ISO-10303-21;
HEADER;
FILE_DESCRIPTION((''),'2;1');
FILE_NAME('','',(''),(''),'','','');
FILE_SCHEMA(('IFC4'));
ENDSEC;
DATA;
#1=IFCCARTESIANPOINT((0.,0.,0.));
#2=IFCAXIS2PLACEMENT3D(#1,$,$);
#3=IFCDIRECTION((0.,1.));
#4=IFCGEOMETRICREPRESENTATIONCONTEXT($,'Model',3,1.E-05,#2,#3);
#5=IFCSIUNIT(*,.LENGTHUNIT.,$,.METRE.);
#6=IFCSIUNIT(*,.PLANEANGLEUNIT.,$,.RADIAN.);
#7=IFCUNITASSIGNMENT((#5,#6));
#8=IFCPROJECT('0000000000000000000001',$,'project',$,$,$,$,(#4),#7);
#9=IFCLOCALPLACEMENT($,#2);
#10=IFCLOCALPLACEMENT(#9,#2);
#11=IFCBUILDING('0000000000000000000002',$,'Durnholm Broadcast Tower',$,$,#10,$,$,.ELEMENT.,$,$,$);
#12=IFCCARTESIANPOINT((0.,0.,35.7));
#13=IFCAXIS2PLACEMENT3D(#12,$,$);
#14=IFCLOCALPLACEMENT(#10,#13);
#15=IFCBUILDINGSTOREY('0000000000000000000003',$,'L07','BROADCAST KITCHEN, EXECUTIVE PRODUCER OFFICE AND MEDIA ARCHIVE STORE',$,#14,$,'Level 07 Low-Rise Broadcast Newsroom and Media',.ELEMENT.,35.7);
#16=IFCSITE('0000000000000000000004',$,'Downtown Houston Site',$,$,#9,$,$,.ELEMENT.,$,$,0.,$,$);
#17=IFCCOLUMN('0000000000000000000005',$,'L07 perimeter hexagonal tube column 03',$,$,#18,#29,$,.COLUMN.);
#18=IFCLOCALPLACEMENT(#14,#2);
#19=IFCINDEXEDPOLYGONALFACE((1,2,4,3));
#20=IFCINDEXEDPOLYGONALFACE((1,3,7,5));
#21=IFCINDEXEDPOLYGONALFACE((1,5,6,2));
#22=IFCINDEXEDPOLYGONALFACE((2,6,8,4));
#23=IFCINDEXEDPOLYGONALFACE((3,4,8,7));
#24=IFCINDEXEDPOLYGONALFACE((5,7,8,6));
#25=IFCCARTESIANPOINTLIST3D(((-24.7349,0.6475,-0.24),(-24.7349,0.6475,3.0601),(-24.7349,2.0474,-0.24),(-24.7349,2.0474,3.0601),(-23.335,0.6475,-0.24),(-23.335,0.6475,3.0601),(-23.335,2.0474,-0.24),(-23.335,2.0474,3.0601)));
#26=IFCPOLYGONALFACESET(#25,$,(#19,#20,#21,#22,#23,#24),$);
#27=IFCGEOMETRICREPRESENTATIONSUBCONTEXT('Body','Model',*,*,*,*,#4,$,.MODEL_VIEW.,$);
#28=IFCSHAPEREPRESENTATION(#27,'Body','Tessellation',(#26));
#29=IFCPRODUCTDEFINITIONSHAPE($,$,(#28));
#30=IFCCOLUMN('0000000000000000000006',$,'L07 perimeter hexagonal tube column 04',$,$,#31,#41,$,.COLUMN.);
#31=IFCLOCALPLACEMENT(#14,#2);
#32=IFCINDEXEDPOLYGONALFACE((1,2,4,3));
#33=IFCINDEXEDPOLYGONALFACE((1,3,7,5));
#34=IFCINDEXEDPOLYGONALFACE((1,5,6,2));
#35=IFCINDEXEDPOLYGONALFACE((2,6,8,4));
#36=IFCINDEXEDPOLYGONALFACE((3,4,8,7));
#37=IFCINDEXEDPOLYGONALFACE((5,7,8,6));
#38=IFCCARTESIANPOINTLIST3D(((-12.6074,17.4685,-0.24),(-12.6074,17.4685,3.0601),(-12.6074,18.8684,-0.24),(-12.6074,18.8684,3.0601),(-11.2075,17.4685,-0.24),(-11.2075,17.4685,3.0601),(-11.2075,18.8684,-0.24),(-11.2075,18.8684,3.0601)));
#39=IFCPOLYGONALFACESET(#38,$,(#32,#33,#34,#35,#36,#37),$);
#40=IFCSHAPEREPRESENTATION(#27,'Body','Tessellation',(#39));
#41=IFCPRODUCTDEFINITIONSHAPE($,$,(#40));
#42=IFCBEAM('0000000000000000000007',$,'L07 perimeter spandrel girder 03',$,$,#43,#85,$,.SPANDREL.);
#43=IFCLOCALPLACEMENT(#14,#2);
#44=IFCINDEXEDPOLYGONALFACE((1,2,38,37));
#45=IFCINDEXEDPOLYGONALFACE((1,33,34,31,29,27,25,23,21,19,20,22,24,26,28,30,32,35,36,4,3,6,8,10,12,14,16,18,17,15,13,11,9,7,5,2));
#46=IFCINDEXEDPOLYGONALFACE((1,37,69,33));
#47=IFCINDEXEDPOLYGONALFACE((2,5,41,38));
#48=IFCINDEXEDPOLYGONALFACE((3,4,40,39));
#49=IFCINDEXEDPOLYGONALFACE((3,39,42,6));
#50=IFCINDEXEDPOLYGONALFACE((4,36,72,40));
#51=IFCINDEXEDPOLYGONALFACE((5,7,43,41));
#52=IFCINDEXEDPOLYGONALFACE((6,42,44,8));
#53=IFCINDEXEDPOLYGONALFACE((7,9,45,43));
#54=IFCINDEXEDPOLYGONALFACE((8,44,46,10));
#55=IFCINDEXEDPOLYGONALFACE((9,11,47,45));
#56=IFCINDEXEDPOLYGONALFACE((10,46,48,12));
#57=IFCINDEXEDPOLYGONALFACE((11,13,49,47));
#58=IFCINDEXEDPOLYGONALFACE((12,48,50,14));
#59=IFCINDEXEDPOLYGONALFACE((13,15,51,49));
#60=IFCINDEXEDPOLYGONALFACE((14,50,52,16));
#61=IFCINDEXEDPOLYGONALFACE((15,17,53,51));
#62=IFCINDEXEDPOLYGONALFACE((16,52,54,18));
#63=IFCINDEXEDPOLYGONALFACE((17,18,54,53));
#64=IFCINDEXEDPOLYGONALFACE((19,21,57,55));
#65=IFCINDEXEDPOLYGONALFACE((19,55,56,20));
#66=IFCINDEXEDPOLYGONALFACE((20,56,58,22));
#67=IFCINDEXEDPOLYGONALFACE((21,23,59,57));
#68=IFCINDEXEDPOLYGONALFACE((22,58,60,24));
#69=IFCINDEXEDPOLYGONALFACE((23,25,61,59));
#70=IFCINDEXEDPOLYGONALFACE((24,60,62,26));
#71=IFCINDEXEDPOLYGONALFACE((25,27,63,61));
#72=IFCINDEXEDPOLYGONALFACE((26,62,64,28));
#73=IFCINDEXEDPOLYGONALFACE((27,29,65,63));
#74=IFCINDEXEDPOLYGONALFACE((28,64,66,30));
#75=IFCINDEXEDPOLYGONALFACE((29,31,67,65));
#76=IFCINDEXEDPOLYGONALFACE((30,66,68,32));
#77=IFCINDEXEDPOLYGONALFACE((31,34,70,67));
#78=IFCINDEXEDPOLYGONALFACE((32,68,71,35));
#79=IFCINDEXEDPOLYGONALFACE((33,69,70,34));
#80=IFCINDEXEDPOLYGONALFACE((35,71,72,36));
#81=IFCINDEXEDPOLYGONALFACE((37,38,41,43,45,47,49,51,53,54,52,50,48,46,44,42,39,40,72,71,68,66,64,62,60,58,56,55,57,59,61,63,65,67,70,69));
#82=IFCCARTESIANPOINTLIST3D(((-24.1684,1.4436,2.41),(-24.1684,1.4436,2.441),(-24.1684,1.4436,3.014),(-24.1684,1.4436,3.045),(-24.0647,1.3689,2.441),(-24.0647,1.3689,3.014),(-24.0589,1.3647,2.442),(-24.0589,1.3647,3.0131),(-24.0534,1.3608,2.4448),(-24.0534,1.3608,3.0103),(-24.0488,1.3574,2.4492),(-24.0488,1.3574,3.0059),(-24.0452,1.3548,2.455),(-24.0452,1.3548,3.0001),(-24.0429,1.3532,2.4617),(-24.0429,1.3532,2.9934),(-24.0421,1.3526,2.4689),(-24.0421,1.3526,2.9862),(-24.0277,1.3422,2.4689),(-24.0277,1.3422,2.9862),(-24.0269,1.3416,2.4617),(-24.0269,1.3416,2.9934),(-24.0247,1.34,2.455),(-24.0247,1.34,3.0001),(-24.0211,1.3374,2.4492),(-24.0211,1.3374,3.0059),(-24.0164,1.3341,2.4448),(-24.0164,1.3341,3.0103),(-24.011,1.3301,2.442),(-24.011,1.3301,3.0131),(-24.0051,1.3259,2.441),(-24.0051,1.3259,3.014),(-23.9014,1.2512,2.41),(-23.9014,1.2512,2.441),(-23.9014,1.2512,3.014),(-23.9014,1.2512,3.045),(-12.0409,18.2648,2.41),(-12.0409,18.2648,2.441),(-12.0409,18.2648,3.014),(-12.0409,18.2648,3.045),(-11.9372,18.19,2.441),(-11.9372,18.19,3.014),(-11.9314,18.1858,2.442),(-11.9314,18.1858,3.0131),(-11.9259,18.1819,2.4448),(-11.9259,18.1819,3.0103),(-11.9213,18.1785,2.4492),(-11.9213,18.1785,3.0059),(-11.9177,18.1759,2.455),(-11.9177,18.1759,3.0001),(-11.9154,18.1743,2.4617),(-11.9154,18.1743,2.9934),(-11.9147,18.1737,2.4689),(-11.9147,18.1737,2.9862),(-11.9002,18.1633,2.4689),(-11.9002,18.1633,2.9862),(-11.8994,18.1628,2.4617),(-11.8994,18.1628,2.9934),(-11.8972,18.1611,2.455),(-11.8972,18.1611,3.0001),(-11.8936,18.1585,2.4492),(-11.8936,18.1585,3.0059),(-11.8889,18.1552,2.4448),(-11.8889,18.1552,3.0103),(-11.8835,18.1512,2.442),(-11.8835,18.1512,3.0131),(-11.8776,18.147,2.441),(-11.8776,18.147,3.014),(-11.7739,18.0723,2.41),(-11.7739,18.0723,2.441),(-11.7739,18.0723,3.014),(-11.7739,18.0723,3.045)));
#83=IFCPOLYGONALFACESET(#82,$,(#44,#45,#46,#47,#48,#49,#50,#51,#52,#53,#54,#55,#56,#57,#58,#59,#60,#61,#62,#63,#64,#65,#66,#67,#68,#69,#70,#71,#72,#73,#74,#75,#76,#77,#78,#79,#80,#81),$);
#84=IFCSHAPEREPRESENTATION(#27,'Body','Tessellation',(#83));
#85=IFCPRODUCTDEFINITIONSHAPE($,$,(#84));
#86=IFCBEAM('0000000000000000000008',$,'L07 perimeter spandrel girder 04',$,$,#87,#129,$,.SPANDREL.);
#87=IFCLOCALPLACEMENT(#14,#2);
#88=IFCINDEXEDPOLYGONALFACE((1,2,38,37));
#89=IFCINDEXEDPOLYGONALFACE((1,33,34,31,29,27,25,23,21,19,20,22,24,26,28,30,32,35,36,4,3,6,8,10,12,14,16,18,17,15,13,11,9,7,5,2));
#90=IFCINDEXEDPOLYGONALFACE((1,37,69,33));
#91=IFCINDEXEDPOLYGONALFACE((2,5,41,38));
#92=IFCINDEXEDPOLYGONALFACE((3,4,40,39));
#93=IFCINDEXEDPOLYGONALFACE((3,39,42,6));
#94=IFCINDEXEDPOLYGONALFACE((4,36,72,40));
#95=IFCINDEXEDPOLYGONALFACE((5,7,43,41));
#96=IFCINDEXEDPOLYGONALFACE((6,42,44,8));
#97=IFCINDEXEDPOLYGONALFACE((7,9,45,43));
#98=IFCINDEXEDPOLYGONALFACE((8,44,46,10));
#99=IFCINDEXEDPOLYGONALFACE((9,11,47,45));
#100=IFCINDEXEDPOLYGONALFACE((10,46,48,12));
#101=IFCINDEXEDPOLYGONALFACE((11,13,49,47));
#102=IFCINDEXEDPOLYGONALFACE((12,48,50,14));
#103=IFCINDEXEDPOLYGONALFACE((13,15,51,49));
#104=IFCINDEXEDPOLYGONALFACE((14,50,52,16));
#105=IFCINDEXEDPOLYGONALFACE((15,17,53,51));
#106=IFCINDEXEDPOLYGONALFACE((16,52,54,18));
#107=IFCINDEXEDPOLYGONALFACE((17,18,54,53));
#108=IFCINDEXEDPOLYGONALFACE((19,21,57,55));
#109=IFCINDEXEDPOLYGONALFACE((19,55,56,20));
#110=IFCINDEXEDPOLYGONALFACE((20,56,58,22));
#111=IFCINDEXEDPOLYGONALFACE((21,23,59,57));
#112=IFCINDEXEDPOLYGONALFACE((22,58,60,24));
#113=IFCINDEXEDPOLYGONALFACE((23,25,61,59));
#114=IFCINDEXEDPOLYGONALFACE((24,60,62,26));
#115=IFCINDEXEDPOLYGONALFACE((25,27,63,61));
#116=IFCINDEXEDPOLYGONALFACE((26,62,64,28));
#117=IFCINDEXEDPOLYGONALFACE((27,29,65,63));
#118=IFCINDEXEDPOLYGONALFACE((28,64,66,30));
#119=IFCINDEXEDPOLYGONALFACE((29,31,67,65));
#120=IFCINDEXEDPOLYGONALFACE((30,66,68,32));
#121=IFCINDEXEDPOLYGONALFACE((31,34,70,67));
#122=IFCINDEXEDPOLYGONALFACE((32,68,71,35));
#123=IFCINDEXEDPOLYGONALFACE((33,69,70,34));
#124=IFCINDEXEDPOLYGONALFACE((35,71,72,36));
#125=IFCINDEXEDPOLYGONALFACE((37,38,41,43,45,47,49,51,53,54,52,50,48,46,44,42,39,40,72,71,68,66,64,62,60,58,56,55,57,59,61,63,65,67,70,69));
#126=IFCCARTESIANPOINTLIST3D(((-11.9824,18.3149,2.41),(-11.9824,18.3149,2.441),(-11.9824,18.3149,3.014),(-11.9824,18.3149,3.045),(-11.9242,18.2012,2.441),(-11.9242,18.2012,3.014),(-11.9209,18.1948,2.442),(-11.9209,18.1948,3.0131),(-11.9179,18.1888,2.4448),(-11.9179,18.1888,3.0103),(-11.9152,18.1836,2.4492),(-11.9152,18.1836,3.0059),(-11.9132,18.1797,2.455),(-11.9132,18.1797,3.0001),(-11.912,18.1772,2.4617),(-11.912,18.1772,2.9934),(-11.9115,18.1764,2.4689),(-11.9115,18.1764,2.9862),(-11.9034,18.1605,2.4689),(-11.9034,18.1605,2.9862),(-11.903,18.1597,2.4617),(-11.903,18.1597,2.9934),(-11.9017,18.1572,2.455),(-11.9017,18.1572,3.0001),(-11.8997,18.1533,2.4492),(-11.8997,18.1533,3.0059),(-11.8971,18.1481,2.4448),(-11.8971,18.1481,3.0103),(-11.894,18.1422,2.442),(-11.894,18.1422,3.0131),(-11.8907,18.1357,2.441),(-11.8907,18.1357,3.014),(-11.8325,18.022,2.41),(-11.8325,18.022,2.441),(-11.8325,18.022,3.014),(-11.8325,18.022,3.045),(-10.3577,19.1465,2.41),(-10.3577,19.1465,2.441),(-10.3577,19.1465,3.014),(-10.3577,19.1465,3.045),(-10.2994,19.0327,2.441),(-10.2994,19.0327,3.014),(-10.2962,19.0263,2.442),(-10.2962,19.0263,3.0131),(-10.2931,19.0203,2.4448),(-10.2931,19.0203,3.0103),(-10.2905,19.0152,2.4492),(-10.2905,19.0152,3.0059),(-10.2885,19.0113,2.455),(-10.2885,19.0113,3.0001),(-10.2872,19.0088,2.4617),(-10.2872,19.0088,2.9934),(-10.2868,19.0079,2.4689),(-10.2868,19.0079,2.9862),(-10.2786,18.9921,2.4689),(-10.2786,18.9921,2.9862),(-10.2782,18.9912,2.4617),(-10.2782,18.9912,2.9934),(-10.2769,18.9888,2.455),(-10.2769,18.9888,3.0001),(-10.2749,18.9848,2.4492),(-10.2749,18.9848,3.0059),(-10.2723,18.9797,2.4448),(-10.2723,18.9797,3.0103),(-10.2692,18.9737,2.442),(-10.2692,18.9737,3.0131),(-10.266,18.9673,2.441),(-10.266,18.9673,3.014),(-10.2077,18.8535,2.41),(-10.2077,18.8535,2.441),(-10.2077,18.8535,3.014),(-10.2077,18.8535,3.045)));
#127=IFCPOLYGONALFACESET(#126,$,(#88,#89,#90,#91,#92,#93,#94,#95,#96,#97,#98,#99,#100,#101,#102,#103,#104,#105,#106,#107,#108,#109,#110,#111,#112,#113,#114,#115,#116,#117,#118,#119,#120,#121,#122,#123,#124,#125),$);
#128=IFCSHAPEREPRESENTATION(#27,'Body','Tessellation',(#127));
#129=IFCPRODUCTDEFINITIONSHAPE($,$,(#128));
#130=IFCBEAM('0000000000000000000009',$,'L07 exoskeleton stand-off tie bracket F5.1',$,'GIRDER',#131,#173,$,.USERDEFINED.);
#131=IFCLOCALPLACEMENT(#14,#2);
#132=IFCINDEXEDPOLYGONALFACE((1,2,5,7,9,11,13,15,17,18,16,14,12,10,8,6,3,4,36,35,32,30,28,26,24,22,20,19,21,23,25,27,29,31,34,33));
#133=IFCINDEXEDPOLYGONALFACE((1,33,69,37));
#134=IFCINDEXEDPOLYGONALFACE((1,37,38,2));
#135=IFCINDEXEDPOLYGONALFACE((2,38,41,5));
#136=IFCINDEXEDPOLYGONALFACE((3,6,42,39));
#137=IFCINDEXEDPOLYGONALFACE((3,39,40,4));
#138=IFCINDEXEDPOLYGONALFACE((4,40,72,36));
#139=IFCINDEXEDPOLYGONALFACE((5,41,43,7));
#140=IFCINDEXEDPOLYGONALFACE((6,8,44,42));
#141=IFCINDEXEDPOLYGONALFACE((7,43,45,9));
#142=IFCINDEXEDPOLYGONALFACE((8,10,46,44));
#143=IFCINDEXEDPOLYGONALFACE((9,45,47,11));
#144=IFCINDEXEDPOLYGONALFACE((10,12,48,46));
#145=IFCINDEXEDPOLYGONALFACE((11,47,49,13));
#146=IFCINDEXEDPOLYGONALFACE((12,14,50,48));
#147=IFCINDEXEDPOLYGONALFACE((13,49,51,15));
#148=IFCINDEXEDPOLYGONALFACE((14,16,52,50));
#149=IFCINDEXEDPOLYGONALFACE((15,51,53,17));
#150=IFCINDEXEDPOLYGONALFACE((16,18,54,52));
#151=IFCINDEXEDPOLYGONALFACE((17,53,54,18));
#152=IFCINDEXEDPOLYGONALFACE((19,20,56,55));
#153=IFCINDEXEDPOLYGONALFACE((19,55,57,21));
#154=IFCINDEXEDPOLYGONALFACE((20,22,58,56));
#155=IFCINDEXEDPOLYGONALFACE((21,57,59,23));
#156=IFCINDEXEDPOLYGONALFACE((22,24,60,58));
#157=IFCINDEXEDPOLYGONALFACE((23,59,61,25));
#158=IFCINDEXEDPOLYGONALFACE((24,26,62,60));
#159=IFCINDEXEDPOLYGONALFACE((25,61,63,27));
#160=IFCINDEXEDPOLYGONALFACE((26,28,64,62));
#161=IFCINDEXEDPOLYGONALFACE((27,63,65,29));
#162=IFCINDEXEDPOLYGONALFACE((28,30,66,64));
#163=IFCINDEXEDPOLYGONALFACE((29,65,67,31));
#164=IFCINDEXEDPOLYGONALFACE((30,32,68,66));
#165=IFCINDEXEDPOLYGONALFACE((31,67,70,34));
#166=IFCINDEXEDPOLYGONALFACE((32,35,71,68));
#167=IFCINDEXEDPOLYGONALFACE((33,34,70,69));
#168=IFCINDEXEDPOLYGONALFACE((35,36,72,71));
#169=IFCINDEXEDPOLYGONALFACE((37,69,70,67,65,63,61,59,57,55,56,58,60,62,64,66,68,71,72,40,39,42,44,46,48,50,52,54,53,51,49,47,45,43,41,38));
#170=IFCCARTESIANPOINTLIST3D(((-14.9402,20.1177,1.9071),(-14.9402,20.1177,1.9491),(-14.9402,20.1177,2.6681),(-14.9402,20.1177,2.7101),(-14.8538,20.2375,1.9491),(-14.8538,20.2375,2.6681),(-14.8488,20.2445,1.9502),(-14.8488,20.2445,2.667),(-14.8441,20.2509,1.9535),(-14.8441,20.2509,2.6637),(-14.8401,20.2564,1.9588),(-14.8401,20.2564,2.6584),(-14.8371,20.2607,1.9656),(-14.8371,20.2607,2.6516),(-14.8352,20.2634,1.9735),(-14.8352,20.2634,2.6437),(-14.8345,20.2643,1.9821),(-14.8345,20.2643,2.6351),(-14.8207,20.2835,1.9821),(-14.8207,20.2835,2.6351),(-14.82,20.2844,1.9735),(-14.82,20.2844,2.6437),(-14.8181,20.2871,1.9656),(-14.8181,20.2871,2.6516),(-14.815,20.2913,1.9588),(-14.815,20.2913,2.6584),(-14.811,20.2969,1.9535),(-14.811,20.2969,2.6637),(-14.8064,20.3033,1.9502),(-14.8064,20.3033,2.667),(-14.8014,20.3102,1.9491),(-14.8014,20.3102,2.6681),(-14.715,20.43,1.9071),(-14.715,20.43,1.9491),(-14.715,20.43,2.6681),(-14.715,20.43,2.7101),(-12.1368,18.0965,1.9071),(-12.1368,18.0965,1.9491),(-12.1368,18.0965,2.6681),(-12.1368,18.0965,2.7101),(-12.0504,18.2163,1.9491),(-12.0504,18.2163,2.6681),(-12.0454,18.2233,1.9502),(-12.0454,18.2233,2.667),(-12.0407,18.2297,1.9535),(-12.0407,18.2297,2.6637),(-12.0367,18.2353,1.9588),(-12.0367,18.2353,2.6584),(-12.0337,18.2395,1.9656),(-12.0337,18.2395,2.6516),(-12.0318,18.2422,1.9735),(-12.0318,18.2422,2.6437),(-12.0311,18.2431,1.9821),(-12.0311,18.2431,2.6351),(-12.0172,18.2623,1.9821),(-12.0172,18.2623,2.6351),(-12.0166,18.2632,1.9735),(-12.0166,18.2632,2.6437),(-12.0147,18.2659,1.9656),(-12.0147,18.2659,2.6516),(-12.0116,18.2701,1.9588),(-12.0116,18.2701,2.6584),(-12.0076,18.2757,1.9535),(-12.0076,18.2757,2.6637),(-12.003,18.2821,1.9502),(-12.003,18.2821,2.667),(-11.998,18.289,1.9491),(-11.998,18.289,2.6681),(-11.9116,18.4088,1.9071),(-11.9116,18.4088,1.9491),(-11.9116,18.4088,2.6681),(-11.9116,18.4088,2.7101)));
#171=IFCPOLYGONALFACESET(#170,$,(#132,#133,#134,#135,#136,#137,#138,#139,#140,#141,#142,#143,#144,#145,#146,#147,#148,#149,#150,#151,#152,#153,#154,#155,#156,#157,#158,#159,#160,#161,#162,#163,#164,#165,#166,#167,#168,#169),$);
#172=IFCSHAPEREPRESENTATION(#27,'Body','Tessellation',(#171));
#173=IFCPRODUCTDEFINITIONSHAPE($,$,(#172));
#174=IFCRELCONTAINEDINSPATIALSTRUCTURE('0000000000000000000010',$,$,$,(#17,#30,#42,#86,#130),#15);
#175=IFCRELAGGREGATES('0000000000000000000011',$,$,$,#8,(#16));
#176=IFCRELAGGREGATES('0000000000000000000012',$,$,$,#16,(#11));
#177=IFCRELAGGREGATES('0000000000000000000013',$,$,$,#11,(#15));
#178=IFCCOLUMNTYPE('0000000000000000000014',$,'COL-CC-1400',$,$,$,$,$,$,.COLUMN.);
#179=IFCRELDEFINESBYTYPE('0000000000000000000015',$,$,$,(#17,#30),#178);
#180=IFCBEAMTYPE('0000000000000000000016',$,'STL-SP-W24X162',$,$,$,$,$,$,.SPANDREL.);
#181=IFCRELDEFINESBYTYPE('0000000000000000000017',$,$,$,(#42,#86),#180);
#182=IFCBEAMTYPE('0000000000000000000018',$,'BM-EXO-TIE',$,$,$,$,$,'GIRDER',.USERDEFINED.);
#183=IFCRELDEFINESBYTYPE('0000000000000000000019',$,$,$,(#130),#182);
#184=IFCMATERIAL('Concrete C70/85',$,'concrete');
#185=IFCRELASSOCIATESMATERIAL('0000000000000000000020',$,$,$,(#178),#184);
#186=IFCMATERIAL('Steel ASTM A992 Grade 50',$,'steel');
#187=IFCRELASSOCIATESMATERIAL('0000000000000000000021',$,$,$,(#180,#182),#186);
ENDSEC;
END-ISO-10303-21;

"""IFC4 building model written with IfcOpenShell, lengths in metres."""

from ifc_helpers import new_model, si_unit, direction, frame, origin, origin_2d, place, context, subcontext, project, spatial, rectangle, i_section, extrude, source, transform, mapped, material, material_profile, profile_set, type_object, type_shapes, element, save


model = new_model("IFC4")

# Units and contexts
model_context = context("Model", 3, precision=1e-05, world=origin(), true_north=direction((0.0, 1.0)))
body_context = subcontext(model_context, "Body", "Model", "MODEL_VIEW")
ifc_project = project(units=[si_unit("LENGTHUNIT", "METRE"), si_unit("PLANEANGLEUNIT", "RADIAN")], contexts=[model_context])

# Site, building, storey
site_placement = place(None, origin())
site = spatial("IfcSite", under=ifc_project, at=site_placement, Name="Downtown Houston Site", CompositionType="ELEMENT", RefElevation=0.0)
building_placement = place(site_placement, origin())
building = spatial("IfcBuilding", under=site, at=building_placement, Name="Durnholm Broadcast Tower", CompositionType="ELEMENT")
storey_placement = place(building_placement, frame((0.0, 0.0, 35.7)))
storey = spatial("IfcBuildingStorey", under=building, at=storey_placement, Name="L07", Description="BROADCAST KITCHEN, EXECUTIVE PRODUCER OFFICE AND MEDIA ARCHIVE STORE", LongName="Level 07 Low-Rise Broadcast Newsroom and Media", CompositionType="ELEMENT", Elevation=35.7)

# Columns
ifc_material_1 = material(Name="Concrete C70/85", Category="concrete")
ifc_material_profile_1 = material_profile(ifc_material_1, rectangle(XDim=1.3999, YDim=1.3999, at=origin_2d()), Name="RC1400X1400")
ifc_profile_set_1 = profile_set([ifc_material_profile_1], Name="Concrete C70/85")
column_type = type_object("IfcColumnType", Name="COL-CC-1400", PredefinedType="COLUMN", material=ifc_profile_set_1)
shared_shape_1 = source(origin(), body_context, "Body", "SweptSolid", [
    extrude(rectangle(XDim=1.3999, YDim=1.3999, at=origin_2d()), origin(), (0.0, 0.0, 1.0), 3.3),
])
type_shapes(column_type, [shared_shape_1])
for number, where, z_axis, x_axis, name in (
    (1, (-24.0349, 1.3474, -0.24), (0.0, 0.0, 1.0), (1.0, 0.0, 0.0), "L07 perimeter hexagonal tube column 03"),
    (2, (-11.9075, 18.1685, -0.24), (0.0, 0.0, 1.0), (1.0, 0.0, 0.0), "L07 perimeter hexagonal tube column 04"),
):
    element("IfcColumn", number, at=place(storey_placement, frame(where, z_axis=z_axis, x_axis=x_axis)), inside=storey, type_object=column_type, Name=name, PredefinedType="COLUMN", context=body_context, shape_type="MappedRepresentation", body=[
        mapped(shared_shape_1, transform((0.0, 0.0, 0.0), x_axis=(1.0, 0.0, 0.0), y_axis=(0.0, 1.0, 0.0), z_axis=(0.0, 0.0, 1.0), scale=1.0)),
    ])

# Beams
ifc_material_2 = material(Name="Steel ASTM A992 Grade 50", Category="steel")
ifc_material_profile_2 = material_profile(ifc_material_2, i_section(OverallWidth=0.3291, OverallDepth=0.635, WebThickness=0.0178, FlangeThickness=0.031, FilletRadius=0.0278, at=origin_2d()), Name="W24X162")
ifc_profile_set_2 = profile_set([ifc_material_profile_2], Name="Steel ASTM A992 Grade 50")
beam_type_1 = type_object("IfcBeamType", Name="STL-SP-W24X162", PredefinedType="SPANDREL", material=ifc_profile_set_2)
shared_shape_2 = source(origin(), body_context, "Body", "SweptSolid", [
    extrude(i_section(OverallWidth=0.3291, OverallDepth=0.635, WebThickness=0.0178, FlangeThickness=0.031, FilletRadius=0.0278, at=origin_2d()), origin(), (0.0, 0.0, 1.0), 20.7371),
])
beam_1_placement = place(storey_placement, frame((-24.0349, 1.3474, 2.7275), z_axis=(0.584822, 0.811162, 0.0), x_axis=(-0.811162, 0.584822, 0.0)))
element("IfcBeam", 3, at=beam_1_placement, inside=storey, type_object=beam_type_1, Name="L07 perimeter spandrel girder 03", PredefinedType="SPANDREL", context=body_context, shape_type="MappedRepresentation", body=[
    mapped(shared_shape_2, transform((0.0, 0.0, 0.0), x_axis=(1.0, 0.0, 0.0), y_axis=(0.0, 1.0, 0.0), z_axis=(0.0, 0.0, 1.0), scale=1.0)),
])
shared_shape_3 = source(origin(), body_context, "Body", "SweptSolid", [
    extrude(i_section(OverallWidth=0.3291, OverallDepth=0.635, WebThickness=0.0178, FlangeThickness=0.031, FilletRadius=0.0278, at=origin_2d()), origin(), (0.0, 0.0, 1.0), 1.8252),
])
type_shapes(beam_type_1, [shared_shape_2, shared_shape_3])
beam_2_placement = place(storey_placement, frame((-11.9075, 18.1685, 2.7275), z_axis=(0.890188, 0.455594, 0.0), x_axis=(-0.455594, 0.890188, 0.0)))
element("IfcBeam", 4, at=beam_2_placement, inside=storey, type_object=beam_type_1, Name="L07 perimeter spandrel girder 04", PredefinedType="SPANDREL", context=body_context, shape_type="MappedRepresentation", body=[
    mapped(shared_shape_3, transform((0.0, 0.0, 0.0), x_axis=(1.0, 0.0, 0.0), y_axis=(0.0, 1.0, 0.0), z_axis=(0.0, 0.0, 1.0), scale=1.0)),
])
ifc_material_profile_3 = material_profile(ifc_material_2, i_section(OverallWidth=0.385, OverallDepth=0.803, WebThickness=0.0237, FlangeThickness=0.042, FilletRadius=0.033, at=origin_2d()), Name="W30X261")
ifc_profile_set_3 = profile_set([ifc_material_profile_3], Name="Steel ASTM A992 Grade 50")
beam_type_2 = type_object("IfcBeamType", Name="BM-EXO-TIE", ElementType="GIRDER", PredefinedType="USERDEFINED", material=ifc_profile_set_3)
shared_shape_4 = source(origin(), body_context, "Body", "SweptSolid", [
    extrude(i_section(OverallWidth=0.385, OverallDepth=0.803, WebThickness=0.0237, FlangeThickness=0.042, FilletRadius=0.033, at=origin_2d()), origin(), (0.0, 0.0, 1.0), 3.4561),
])
beam_3_placement = place(storey_placement, frame((-12.0242, 18.2527, 2.3086), z_axis=(-0.811158, 0.584828, 0.0), x_axis=(-0.584828, -0.811158, 0.0)))
element("IfcBeam", 5, at=beam_3_placement, inside=storey, type_object=beam_type_2, Name="L07 exoskeleton stand-off tie bracket F5.1", ObjectType="GIRDER", PredefinedType="USERDEFINED", context=body_context, shape_type="MappedRepresentation", body=[
    mapped(shared_shape_4, transform((0.0, 0.0, 0.0), x_axis=(1.0, 0.0, 0.0), y_axis=(0.0, 1.0, 0.0), z_axis=(0.0, 0.0, 1.0), scale=1.0)),
])

save(model, "model.ifc")
